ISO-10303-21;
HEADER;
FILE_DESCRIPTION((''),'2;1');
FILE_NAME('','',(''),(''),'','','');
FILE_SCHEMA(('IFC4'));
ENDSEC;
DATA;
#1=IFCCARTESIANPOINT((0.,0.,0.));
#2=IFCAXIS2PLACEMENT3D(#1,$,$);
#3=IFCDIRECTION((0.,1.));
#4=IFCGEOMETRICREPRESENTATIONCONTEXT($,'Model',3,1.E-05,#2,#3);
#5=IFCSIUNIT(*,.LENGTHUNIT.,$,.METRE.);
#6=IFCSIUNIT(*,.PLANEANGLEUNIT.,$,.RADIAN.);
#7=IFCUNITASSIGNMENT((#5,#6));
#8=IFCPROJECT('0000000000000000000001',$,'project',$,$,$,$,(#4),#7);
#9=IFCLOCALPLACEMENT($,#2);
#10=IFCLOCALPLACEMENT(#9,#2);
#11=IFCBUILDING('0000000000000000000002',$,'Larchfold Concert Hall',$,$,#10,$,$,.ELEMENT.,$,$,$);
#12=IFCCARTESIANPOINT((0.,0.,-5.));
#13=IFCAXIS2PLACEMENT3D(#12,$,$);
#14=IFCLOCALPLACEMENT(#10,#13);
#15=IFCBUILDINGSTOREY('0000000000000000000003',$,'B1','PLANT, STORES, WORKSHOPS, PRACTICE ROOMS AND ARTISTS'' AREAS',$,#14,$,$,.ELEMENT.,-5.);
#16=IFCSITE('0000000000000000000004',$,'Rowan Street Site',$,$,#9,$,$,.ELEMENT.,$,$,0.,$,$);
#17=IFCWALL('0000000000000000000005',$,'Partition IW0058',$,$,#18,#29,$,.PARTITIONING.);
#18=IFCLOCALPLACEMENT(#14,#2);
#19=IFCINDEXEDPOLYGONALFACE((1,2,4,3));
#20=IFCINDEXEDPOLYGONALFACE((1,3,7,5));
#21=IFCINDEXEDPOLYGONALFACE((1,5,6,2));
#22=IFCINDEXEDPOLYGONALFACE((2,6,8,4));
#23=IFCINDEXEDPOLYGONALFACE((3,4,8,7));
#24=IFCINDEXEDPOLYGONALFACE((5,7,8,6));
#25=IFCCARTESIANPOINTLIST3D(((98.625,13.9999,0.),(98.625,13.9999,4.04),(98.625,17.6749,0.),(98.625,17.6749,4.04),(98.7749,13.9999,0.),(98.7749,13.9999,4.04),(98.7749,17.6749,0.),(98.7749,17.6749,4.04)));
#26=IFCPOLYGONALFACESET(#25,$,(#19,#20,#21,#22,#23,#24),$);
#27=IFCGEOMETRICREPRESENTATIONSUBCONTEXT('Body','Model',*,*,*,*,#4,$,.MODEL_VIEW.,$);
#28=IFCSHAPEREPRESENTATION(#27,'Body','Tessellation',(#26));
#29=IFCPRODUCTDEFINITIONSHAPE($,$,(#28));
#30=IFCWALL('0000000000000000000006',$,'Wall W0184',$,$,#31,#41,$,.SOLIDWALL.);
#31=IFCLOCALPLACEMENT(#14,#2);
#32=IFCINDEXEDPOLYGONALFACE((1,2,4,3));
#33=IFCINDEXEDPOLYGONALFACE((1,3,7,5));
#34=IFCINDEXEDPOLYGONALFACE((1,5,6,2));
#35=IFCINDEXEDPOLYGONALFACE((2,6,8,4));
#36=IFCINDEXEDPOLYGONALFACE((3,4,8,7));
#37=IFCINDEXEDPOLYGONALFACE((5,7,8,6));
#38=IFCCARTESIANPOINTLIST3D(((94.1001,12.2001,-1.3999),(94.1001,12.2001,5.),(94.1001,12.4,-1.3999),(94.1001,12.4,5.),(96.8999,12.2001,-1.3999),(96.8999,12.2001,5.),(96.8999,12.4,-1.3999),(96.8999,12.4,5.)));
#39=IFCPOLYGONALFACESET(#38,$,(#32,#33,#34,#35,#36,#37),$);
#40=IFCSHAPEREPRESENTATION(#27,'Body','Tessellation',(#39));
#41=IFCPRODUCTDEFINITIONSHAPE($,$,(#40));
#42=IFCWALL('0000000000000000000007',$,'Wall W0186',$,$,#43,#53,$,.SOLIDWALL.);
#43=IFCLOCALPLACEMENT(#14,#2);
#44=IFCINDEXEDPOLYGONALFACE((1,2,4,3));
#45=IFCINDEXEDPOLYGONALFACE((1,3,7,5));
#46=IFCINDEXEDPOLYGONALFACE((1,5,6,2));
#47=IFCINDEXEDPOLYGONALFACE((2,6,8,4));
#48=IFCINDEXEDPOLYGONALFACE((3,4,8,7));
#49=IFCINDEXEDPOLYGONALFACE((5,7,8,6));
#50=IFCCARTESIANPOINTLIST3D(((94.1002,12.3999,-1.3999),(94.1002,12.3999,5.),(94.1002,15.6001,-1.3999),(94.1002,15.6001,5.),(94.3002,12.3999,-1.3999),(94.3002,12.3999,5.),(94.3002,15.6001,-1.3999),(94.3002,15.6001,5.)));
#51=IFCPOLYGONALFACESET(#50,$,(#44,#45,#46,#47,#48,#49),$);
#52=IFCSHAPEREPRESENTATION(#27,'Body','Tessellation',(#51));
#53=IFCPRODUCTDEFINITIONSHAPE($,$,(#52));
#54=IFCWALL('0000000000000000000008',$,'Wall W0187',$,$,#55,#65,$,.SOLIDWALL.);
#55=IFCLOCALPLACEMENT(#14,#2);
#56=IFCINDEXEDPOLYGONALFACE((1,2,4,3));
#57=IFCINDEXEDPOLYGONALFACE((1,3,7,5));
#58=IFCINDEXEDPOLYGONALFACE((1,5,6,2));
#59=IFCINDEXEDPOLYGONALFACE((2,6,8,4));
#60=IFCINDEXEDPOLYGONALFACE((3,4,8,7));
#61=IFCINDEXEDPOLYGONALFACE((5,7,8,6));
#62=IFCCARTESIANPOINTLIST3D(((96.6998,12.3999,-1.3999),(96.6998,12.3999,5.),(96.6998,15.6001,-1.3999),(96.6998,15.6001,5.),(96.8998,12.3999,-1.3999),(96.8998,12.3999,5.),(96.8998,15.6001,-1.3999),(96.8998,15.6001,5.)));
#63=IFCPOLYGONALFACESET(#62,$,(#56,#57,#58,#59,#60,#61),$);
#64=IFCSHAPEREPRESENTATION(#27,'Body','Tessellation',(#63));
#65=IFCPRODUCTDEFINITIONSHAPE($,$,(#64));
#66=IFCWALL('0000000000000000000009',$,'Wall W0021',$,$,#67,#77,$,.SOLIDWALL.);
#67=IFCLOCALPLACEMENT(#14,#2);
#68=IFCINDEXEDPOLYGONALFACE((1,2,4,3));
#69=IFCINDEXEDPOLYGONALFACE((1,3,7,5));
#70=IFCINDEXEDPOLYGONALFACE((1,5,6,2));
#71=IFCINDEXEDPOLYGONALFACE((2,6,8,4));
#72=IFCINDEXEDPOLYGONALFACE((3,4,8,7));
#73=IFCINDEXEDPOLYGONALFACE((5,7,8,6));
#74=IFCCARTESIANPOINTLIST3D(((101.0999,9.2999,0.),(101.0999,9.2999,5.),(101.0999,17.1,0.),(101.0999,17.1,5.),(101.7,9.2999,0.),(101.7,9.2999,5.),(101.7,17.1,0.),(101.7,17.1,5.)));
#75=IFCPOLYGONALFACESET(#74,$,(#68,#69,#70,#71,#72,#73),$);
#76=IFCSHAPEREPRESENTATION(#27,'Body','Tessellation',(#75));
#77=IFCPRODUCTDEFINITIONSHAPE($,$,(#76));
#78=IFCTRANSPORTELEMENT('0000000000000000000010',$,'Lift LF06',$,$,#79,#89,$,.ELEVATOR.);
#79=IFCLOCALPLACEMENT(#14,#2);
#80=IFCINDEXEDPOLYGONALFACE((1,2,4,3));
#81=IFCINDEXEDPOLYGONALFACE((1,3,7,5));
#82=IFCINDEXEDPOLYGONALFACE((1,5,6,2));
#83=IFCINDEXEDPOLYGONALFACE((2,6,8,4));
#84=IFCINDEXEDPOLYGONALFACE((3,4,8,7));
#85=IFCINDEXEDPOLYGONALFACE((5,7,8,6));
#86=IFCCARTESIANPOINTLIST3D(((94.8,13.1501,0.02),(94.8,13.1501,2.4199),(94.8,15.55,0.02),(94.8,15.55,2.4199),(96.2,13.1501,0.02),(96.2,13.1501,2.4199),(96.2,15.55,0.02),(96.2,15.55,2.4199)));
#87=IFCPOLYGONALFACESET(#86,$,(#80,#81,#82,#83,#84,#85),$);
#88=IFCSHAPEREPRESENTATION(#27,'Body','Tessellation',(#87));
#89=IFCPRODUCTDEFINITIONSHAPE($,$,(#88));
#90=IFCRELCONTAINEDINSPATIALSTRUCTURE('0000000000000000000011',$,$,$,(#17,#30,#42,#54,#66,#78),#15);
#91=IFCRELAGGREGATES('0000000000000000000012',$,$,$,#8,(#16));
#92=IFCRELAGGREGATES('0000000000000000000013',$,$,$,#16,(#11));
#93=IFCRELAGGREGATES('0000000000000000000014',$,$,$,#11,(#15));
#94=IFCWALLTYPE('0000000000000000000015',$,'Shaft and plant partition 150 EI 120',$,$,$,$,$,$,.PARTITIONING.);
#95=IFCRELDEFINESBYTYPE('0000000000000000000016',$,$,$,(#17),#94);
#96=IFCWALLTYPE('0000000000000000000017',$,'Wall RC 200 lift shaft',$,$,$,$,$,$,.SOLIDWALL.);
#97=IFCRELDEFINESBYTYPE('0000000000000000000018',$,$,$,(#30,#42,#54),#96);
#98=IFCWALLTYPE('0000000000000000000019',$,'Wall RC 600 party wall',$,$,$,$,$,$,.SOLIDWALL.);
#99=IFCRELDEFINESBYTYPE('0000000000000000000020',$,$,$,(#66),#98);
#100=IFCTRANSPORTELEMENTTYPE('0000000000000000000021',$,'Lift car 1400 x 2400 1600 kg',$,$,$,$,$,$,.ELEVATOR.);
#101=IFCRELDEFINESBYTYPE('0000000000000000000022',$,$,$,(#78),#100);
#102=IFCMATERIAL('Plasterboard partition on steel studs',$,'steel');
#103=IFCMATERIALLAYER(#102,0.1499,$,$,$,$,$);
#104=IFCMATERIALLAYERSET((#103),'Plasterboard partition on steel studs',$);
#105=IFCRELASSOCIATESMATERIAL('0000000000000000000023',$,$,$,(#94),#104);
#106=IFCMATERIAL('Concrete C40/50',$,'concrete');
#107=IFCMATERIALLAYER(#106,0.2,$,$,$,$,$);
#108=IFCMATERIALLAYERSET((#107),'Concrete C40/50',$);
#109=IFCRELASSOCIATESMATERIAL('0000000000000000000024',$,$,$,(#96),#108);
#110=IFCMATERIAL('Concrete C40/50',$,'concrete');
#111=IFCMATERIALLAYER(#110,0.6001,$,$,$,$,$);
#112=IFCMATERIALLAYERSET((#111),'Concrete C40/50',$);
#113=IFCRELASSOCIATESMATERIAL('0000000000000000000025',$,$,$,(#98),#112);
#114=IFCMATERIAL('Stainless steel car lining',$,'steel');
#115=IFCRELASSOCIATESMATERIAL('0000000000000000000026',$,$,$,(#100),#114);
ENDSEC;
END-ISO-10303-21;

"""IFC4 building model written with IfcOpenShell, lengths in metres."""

from ifc_helpers import new_model, si_unit, direction, frame, frame_2d, origin, origin_2d, place, context, subcontext, project, spatial, rectangle, extrude, material, layer, layer_set, type_object, element, save


model = new_model("IFC4")

# Units and contexts
model_context = context("Model", 3, precision=1e-05, world=origin(), true_north=direction((0.0, 1.0)))
body_context = subcontext(model_context, "Body", "Model", "MODEL_VIEW")
ifc_project = project(units=[si_unit("LENGTHUNIT", "METRE"), si_unit("PLANEANGLEUNIT", "RADIAN")], contexts=[model_context])

# Site, building, storey
site_placement = place(None, origin())
site = spatial("IfcSite", under=ifc_project, at=site_placement, Name="Rowan Street Site", CompositionType="ELEMENT", RefElevation=0.0)
building_placement = place(site_placement, origin())
building = spatial("IfcBuilding", under=site, at=building_placement, Name="Larchfold Concert Hall", CompositionType="ELEMENT")
storey_placement = place(building_placement, frame((0.0, 0.0, -5.0)))
storey = spatial("IfcBuildingStorey", under=building, at=storey_placement, Name="B1", Description="PLANT, STORES, WORKSHOPS, PRACTICE ROOMS AND ARTISTS' AREAS", CompositionType="ELEMENT", Elevation=-5.0)

# Walls
ifc_material_1 = material(Name="Plasterboard partition on steel studs", Category="steel")
ifc_layer_1 = layer(ifc_material_1, 0.1499)
ifc_layer_set_1 = layer_set([ifc_layer_1], Name="Plasterboard partition on steel studs")
wall_type_1 = type_object("IfcWallType", Name="Shaft and plant partition 150 EI 120", PredefinedType="PARTITIONING", material=ifc_layer_set_1)
wall_1_placement = place(storey_placement, frame((98.7, 14.0, 0.0), z_axis=(0.0, 0.0, 1.0), x_axis=(0.0, 1.0, 0.0)))
element("IfcWall", 1, at=wall_1_placement, inside=storey, type_object=wall_type_1, Name="Partition IW0058", PredefinedType="PARTITIONING", context=body_context, shape_type="SweptSolid", body=[
    extrude(rectangle(XDim=3.675, YDim=0.1499, at=frame_2d((1.8374, 0.0))), origin(), (0.0, 0.0, 1.0), 4.04),
])
ifc_material_2 = material(Name="Concrete C40/50", Category="concrete")
ifc_layer_2 = layer(ifc_material_2, 0.2)
ifc_layer_set_2 = layer_set([ifc_layer_2], Name="Concrete C40/50")
wall_type_2 = type_object("IfcWallType", Name="Wall RC 200 lift shaft", PredefinedType="SOLIDWALL", material=ifc_layer_set_2)
wall_2_placement = place(storey_placement, frame((94.1001, 12.3, -1.3999), z_axis=(0.0, 0.0, 1.0), x_axis=(1.0, 0.0, 0.0)))
element("IfcWall", 2, at=wall_2_placement, inside=storey, type_object=wall_type_2, Name="Wall W0184", PredefinedType="SOLIDWALL", context=body_context, shape_type="SweptSolid", body=[
    extrude(rectangle(XDim=2.7998, YDim=0.2, at=frame_2d((1.3999, 0.0))), origin(), (0.0, 0.0, 1.0), 6.3999),
])
for number, where, z_axis, x_axis, name in (
    (3, (94.2002, 12.3999, -1.3999), (0.0, 0.0, 1.0), (0.0, 1.0, 0.0), "Wall W0186"),
    (4, (96.7998, 12.3999, -1.3999), (0.0, 0.0, 1.0), (0.0, 1.0, 0.0), "Wall W0187"),
):
    element("IfcWall", number, at=place(storey_placement, frame(where, z_axis=z_axis, x_axis=x_axis)), inside=storey, type_object=wall_type_2, Name=name, PredefinedType="SOLIDWALL", context=body_context, shape_type="SweptSolid", body=[
        extrude(rectangle(XDim=3.2002, YDim=0.2, at=frame_2d((1.6001, 0.0))), origin(), (0.0, 0.0, 1.0), 6.3999),
    ])
ifc_material_3 = material(Name="Concrete C40/50", Category="concrete")
ifc_layer_3 = layer(ifc_material_3, 0.6001)
ifc_layer_set_3 = layer_set([ifc_layer_3], Name="Concrete C40/50")
wall_type_3 = type_object("IfcWallType", Name="Wall RC 600 party wall", PredefinedType="SOLIDWALL", material=ifc_layer_set_3)
wall_3_placement = place(storey_placement, frame((101.3999, 9.3, 0.0), z_axis=(0.0, 0.0, 1.0), x_axis=(0.0, 1.0, 0.0)))
element("IfcWall", 5, at=wall_3_placement, inside=storey, type_object=wall_type_3, Name="Wall W0021", PredefinedType="SOLIDWALL", context=body_context, shape_type="SweptSolid", body=[
    extrude(rectangle(XDim=7.8, YDim=0.6001, at=frame_2d((3.8999, 0.0))), origin(), (0.0, 0.0, 1.0), 5.0),
])

# Transport element
ifc_material_4 = material(Name="Stainless steel car lining", Category="steel")
transport_element_type = type_object("IfcTransportElementType", Name="Lift car 1400 x 2400 1600 kg", PredefinedType="ELEVATOR", material=ifc_material_4)
transport_element_placement = place(storey_placement, frame((95.5, 14.3501, 0.02), z_axis=(0.0, 0.0, 1.0), x_axis=(1.0, 0.0, 0.0)))
element("IfcTransportElement", 6, at=transport_element_placement, inside=storey, type_object=transport_element_type, Name="Lift LF06", PredefinedType="ELEVATOR", context=body_context, shape_type="SweptSolid", body=[
    extrude(rectangle(XDim=1.3999, YDim=2.3999, at=origin_2d()), origin(), (0.0, 0.0, 1.0), 2.3999),
])

save(model, "model.ifc")
